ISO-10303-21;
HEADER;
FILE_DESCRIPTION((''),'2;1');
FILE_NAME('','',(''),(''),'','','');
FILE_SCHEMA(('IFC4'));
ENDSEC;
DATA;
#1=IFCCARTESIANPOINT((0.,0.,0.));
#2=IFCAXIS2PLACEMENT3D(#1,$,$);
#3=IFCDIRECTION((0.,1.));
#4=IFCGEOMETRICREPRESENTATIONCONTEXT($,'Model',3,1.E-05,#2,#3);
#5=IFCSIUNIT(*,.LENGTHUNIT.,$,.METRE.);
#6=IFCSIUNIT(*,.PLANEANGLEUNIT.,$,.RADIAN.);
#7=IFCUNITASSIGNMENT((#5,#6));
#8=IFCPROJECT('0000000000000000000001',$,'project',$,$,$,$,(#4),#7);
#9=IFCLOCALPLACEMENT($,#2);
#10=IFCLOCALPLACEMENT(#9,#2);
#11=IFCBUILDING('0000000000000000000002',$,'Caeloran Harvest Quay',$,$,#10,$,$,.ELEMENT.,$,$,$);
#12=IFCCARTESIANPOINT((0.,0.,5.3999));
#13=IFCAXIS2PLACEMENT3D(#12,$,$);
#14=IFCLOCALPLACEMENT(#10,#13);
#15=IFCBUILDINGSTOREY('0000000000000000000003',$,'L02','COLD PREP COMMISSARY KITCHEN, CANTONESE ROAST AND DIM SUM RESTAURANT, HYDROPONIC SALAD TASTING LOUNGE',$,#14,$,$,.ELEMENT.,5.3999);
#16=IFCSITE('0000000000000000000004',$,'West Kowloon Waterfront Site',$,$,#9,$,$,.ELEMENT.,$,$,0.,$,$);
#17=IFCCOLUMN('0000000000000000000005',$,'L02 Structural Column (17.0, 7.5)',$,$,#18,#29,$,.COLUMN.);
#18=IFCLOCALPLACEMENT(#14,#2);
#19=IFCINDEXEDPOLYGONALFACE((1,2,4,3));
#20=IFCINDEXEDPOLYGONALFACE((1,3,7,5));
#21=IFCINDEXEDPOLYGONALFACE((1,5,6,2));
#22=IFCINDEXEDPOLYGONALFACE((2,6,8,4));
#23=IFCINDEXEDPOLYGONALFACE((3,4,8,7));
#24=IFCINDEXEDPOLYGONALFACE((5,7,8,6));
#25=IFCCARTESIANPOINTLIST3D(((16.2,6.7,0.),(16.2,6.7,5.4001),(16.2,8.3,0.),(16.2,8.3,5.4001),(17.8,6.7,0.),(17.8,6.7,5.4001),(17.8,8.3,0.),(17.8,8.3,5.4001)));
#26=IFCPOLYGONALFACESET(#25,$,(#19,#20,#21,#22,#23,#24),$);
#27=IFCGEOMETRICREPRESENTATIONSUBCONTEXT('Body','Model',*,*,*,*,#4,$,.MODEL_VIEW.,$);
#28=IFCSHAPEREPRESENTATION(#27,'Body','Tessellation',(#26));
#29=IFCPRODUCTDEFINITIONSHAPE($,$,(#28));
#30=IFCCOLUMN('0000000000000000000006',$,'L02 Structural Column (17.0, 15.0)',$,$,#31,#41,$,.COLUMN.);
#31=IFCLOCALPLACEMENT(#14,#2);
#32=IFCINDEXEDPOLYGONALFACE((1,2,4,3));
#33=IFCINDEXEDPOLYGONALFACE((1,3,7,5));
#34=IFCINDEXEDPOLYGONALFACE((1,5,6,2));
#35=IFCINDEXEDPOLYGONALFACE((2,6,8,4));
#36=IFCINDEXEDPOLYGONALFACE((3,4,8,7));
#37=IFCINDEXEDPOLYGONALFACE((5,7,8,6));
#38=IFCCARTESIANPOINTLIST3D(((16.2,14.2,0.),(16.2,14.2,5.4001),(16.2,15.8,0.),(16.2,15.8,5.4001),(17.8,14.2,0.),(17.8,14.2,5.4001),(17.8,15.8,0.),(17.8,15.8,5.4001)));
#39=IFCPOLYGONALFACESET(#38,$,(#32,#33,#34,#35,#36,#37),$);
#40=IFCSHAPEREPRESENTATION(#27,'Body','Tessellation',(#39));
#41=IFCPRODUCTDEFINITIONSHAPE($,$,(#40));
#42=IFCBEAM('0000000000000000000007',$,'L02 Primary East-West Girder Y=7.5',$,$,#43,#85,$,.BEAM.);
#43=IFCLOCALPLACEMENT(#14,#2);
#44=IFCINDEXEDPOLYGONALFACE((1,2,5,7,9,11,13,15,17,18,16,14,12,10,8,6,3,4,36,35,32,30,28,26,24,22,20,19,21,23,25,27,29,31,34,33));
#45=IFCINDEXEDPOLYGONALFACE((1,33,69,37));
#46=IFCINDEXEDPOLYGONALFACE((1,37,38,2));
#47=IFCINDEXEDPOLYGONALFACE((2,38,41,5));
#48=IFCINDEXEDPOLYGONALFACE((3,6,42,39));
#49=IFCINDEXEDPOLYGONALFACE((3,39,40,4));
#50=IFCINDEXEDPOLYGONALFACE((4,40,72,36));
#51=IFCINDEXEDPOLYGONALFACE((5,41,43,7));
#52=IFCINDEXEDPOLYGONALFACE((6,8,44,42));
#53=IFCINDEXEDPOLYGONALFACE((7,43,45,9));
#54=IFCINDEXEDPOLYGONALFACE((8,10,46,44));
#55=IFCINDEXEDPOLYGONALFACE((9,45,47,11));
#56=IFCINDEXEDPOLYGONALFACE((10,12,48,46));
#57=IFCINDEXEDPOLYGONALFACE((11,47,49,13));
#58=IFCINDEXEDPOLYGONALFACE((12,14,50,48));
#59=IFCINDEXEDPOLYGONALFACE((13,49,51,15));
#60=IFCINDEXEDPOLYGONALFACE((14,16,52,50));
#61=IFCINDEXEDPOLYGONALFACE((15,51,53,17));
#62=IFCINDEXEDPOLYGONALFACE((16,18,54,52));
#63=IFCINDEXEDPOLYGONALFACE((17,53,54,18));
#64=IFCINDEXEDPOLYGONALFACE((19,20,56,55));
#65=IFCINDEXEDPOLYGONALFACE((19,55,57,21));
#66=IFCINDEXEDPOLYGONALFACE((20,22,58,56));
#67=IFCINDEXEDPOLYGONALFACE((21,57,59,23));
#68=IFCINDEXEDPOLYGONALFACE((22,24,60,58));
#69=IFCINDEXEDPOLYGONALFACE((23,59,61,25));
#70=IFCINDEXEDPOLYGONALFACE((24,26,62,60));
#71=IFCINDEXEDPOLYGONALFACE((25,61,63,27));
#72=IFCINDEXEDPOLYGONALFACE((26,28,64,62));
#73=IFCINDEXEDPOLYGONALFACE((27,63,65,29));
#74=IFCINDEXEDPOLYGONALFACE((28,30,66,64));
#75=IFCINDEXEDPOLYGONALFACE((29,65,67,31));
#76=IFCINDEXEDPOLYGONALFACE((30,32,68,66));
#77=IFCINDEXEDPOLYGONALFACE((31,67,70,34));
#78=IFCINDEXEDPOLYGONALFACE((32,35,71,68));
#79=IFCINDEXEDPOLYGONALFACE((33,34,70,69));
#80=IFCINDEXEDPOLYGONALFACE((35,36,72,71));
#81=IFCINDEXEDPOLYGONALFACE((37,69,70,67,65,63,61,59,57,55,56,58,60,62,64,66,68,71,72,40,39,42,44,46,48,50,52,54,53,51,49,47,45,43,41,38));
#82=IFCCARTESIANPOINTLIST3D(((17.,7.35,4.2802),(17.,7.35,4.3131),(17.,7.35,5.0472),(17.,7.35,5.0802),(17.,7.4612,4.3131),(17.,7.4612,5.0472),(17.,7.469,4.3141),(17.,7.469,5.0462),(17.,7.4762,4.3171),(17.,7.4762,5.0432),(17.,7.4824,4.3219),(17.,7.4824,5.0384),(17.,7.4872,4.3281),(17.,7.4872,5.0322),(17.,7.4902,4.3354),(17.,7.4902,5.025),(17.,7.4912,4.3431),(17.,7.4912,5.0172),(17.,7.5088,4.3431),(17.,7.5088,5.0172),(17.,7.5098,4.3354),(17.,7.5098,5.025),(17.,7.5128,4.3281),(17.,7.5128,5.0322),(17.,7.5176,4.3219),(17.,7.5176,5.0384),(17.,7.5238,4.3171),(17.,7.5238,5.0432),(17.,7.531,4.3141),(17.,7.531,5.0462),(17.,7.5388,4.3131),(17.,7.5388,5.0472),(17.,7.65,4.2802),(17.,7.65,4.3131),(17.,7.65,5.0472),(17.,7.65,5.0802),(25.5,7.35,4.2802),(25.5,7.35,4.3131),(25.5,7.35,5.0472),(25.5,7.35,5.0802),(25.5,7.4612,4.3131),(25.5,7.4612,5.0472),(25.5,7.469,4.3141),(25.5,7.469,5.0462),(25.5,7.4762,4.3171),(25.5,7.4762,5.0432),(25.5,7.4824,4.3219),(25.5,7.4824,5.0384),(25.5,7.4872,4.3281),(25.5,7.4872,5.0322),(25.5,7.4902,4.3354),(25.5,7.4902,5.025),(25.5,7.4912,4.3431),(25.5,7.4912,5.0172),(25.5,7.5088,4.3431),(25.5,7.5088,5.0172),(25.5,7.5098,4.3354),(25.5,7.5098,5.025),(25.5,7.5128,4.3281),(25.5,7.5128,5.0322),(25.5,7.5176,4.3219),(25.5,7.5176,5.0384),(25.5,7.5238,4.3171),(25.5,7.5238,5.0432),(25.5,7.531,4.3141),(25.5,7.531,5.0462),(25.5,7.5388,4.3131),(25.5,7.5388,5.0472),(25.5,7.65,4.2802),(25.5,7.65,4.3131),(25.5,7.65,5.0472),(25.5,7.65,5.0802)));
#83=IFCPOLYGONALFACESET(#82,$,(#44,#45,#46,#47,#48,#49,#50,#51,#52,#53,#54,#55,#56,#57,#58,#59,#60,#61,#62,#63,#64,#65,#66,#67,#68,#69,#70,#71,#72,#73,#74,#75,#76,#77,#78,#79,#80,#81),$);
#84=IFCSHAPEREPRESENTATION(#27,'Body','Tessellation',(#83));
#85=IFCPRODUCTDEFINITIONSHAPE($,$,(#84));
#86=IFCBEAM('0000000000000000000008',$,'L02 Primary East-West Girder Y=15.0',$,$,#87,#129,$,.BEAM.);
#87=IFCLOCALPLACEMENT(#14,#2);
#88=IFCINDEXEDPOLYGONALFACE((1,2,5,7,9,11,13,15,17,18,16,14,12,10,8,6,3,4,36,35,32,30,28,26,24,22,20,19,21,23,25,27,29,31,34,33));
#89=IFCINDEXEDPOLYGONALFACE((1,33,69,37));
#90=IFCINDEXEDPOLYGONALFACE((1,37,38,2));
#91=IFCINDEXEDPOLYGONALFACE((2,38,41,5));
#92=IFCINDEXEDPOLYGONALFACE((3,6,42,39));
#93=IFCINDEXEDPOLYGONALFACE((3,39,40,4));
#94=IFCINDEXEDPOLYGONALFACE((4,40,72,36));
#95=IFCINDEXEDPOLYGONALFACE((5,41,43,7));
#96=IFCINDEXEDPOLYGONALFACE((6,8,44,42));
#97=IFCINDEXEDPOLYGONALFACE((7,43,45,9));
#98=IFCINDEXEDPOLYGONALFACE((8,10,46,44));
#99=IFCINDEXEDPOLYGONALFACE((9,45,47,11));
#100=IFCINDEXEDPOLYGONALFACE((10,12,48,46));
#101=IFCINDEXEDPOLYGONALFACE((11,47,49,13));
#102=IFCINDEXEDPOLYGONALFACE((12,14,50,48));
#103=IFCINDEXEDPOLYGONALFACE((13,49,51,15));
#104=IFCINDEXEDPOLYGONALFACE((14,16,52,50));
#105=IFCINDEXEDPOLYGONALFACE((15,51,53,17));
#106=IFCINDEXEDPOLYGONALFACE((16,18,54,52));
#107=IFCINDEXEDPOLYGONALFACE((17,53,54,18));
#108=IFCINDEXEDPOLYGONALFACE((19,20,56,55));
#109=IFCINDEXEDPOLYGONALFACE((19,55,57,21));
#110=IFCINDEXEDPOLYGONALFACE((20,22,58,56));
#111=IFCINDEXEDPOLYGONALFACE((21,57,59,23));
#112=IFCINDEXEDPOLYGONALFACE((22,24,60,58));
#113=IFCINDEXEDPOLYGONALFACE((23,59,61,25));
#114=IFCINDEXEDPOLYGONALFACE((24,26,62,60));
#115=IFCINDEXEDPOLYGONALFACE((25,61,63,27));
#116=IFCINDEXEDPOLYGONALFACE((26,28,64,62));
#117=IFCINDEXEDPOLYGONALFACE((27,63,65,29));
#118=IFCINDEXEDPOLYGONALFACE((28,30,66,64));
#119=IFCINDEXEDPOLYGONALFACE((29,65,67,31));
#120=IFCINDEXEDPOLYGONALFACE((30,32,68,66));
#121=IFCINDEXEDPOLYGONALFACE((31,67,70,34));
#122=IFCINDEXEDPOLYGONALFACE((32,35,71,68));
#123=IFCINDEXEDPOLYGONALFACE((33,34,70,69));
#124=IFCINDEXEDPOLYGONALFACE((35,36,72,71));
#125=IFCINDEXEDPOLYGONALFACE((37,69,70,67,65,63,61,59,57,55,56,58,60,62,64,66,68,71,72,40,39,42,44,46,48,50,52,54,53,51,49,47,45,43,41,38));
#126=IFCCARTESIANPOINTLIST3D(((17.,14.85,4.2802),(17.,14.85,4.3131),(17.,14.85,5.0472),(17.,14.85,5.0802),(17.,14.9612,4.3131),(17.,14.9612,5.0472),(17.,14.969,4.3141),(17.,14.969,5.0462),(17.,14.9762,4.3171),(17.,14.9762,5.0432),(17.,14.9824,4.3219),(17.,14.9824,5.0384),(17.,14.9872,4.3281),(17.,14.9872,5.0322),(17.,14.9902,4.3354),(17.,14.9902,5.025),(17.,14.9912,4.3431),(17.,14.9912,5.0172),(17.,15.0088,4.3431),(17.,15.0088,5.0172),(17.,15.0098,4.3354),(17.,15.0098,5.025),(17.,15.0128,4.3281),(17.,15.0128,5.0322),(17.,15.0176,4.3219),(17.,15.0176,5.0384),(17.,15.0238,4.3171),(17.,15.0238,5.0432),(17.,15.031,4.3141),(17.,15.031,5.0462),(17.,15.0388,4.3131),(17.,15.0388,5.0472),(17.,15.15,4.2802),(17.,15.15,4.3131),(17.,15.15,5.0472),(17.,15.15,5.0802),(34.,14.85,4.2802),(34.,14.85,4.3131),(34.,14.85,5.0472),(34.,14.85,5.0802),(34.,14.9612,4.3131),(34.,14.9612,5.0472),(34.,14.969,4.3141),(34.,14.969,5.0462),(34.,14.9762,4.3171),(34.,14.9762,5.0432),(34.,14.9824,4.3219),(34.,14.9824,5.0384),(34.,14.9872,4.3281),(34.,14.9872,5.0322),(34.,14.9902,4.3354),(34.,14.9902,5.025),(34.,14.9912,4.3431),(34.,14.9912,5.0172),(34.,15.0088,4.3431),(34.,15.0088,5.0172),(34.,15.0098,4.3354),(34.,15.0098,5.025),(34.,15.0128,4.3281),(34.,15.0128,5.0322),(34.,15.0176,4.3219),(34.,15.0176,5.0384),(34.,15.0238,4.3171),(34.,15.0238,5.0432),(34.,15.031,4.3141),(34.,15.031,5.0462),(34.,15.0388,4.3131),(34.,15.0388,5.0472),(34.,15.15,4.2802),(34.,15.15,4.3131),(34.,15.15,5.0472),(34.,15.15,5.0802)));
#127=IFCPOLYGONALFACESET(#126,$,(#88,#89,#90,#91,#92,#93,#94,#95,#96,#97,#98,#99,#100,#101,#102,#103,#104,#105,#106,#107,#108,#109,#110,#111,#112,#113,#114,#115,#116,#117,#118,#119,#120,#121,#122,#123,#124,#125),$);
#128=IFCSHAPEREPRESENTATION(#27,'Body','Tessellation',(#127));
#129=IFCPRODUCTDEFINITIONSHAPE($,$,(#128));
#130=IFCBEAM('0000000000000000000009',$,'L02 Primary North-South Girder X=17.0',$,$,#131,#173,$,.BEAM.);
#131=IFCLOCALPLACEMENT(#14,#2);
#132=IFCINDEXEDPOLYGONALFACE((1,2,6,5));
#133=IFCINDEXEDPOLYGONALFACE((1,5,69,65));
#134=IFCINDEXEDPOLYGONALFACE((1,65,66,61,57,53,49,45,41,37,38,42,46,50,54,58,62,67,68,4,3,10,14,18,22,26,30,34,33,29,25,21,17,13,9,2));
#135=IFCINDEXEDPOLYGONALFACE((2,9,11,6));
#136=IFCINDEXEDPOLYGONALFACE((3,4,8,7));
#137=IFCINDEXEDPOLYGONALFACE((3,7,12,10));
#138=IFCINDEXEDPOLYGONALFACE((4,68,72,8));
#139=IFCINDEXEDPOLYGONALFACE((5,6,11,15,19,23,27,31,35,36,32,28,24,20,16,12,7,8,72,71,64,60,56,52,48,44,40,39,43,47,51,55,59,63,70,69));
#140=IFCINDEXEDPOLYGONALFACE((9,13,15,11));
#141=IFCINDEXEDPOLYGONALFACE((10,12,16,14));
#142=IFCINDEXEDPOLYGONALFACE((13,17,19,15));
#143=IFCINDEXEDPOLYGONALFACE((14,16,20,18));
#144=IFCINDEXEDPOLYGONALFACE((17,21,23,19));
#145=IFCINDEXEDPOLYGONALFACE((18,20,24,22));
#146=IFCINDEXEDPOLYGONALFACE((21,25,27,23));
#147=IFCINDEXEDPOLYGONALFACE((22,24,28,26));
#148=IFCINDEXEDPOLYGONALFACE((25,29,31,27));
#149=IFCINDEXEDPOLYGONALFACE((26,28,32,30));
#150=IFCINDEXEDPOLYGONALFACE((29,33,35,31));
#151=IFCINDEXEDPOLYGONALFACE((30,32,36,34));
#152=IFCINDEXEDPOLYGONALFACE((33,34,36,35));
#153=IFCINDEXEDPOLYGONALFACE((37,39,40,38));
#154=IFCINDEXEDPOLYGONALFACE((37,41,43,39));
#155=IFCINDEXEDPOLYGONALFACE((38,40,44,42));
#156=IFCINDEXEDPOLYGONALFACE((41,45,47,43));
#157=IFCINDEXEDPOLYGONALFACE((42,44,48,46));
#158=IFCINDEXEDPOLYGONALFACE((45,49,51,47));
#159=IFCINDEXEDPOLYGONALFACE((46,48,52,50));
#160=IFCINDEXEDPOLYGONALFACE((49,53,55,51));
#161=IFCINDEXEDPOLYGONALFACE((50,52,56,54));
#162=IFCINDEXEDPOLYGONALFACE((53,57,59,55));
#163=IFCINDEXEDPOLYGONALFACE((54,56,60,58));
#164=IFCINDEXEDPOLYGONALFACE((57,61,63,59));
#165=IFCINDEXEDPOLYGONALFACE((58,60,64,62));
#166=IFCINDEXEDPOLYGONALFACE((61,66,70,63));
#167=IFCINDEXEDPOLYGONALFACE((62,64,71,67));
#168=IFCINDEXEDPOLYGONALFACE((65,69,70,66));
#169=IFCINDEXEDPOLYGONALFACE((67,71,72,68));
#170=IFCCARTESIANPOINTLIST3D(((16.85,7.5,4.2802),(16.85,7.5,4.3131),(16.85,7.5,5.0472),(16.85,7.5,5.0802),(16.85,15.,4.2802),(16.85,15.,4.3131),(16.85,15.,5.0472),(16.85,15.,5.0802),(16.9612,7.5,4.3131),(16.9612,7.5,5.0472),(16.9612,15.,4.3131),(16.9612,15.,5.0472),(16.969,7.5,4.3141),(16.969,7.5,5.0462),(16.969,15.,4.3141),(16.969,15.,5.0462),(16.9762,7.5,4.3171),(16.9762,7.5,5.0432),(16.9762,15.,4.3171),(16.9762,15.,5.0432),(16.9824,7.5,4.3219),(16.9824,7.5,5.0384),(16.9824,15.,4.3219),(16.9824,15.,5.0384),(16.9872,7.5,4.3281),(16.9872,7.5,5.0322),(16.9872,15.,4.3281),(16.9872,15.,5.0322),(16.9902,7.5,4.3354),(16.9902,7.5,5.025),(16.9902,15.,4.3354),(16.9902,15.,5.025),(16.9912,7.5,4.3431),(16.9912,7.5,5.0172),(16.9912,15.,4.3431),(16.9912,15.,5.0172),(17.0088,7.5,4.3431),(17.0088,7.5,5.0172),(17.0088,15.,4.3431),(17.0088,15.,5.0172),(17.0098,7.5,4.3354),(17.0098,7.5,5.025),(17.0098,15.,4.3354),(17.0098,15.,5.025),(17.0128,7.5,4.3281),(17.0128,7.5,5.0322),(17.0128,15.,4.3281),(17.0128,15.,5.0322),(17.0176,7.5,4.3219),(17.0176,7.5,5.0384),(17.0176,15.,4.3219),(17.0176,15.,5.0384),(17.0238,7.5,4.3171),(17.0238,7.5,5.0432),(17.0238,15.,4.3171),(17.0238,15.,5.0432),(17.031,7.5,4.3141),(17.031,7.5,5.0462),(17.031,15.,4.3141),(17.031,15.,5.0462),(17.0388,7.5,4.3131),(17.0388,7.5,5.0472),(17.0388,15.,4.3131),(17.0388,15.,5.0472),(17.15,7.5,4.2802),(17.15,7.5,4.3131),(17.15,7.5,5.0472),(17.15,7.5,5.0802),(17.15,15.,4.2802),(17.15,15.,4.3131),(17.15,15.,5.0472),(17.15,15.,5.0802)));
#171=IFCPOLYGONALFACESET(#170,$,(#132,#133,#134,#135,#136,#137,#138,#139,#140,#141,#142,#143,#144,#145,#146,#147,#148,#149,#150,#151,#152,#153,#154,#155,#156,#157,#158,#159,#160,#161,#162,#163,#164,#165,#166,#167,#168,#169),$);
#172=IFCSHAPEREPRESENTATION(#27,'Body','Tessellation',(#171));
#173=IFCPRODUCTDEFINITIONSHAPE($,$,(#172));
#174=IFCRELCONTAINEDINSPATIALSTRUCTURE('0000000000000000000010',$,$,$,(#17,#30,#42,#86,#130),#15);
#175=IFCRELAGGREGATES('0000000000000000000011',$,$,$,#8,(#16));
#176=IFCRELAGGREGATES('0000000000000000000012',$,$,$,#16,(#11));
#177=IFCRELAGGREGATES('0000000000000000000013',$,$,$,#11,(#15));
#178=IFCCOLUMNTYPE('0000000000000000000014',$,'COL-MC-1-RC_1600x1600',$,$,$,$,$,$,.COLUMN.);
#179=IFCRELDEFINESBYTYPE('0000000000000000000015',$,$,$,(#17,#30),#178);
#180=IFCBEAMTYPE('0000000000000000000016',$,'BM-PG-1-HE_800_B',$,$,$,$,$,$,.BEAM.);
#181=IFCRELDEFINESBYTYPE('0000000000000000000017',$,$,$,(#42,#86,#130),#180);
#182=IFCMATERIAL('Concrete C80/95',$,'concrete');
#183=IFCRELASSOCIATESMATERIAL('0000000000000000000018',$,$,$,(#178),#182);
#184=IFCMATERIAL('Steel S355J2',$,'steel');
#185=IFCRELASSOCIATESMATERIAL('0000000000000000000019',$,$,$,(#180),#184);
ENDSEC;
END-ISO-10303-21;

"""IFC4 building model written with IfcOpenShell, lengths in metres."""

from ifc_helpers import new_model, si_unit, direction, frame, origin, origin_2d, place, context, subcontext, project, spatial, rectangle, i_section, extrude, material, material_profile, profile_set, type_object, element, save


model = new_model("IFC4")

# Units and contexts
model_context = context("Model", 3, precision=1e-05, world=origin(), true_north=direction((0.0, 1.0)))
body_context = subcontext(model_context, "Body", "Model", "MODEL_VIEW")
ifc_project = project(units=[si_unit("LENGTHUNIT", "METRE"), si_unit("PLANEANGLEUNIT", "RADIAN")], contexts=[model_context])

# Site, building, storey
site_placement = place(None, origin())
site = spatial("IfcSite", under=ifc_project, at=site_placement, Name="West Kowloon Waterfront Site", CompositionType="ELEMENT", RefElevation=0.0)
building_placement = place(site_placement, origin())
building = spatial("IfcBuilding", under=site, at=building_placement, Name="Caeloran Harvest Quay", CompositionType="ELEMENT")
storey_placement = place(building_placement, frame((0.0, 0.0, 5.3999)))
storey = spatial("IfcBuildingStorey", under=building, at=storey_placement, Name="L02", Description="COLD PREP COMMISSARY KITCHEN, CANTONESE ROAST AND DIM SUM RESTAURANT, HYDROPONIC SALAD TASTING LOUNGE", CompositionType="ELEMENT", Elevation=5.3999)

# Columns
ifc_material_1 = material(Name="Concrete C80/95", Category="concrete")
ifc_material_profile_1 = material_profile(ifc_material_1, rectangle(XDim=1.6001, YDim=1.6001, at=origin_2d()), Name="RC 1600x1600")
ifc_profile_set_1 = profile_set([ifc_material_profile_1], Name="Concrete C80/95")
column_type = type_object("IfcColumnType", Name="COL-MC-1-RC_1600x1600", PredefinedType="COLUMN", material=ifc_profile_set_1)
for number, where, z_axis, x_axis, name in (
    (1, (17.0, 7.5, 0.0), (0.0, 0.0, 1.0), (1.0, 0.0, 0.0), "L02 Structural Column (17.0, 7.5)"),
    (2, (17.0, 15.0, 0.0), (0.0, 0.0, 1.0), (1.0, 0.0, 0.0), "L02 Structural Column (17.0, 15.0)"),
):
    element("IfcColumn", number, at=place(storey_placement, frame(where, z_axis=z_axis, x_axis=x_axis)), inside=storey, type_object=column_type, Name=name, PredefinedType="COLUMN", context=body_context, shape_type="SweptSolid", body=[
        extrude(rectangle(XDim=1.6001, YDim=1.6001, at=origin_2d()), origin(), (0.0, 0.0, 1.0), 5.4001),
    ])

# Beams
ifc_material_2 = material(Name="Steel S355J2", Category="steel")
ifc_material_profile_2 = material_profile(ifc_material_2, i_section(OverallWidth=0.3, OverallDepth=0.8, WebThickness=0.0176, FlangeThickness=0.033, FilletRadius=0.03, at=origin_2d()), Name="HE 800 B")
ifc_profile_set_2 = profile_set([ifc_material_profile_2], Name="Steel S355J2")
beam_type_1 = type_object("IfcBeamType", Name="BM-PG-1-HE_800_B", PredefinedType="BEAM", material=ifc_profile_set_2)
beam_1_placement = place(storey_placement, frame((17.0, 7.5, 4.6802), z_axis=(1.0, 0.0, 0.0), x_axis=(0.0, 1.0, 0.0)))
element("IfcBeam", 3, at=beam_1_placement, inside=storey, type_object=beam_type_1, Name="L02 Primary East-West Girder Y=7.5", PredefinedType="BEAM", context=body_context, shape_type="SweptSolid", body=[
    extrude(i_section(OverallWidth=0.3, OverallDepth=0.8, WebThickness=0.0176, FlangeThickness=0.033, FilletRadius=0.03, at=origin_2d()), origin(), (0.0, 0.0, 1.0), 8.5),
])
beam_2_placement = place(storey_placement, frame((17.0, 15.0, 4.6802), z_axis=(1.0, 0.0, 0.0), x_axis=(0.0, 1.0, 0.0)))
element("IfcBeam", 4, at=beam_2_placement, inside=storey, type_object=beam_type_1, Name="L02 Primary East-West Girder Y=15.0", PredefinedType="BEAM", context=body_context, shape_type="SweptSolid", body=[
    extrude(i_section(OverallWidth=0.3, OverallDepth=0.8, WebThickness=0.0176, FlangeThickness=0.033, FilletRadius=0.03, at=origin_2d()), origin(), (0.0, 0.0, 1.0), 17.0),
])
beam_3_placement = place(storey_placement, frame((17.0, 7.5, 4.6802), z_axis=(0.0, 1.0, 0.0), x_axis=(-1.0, 0.0, 0.0)))
element("IfcBeam", 5, at=beam_3_placement, inside=storey, type_object=beam_type_1, Name="L02 Primary North-South Girder X=17.0", PredefinedType="BEAM", context=body_context, shape_type="SweptSolid", body=[
    extrude(i_section(OverallWidth=0.3, OverallDepth=0.8, WebThickness=0.0176, FlangeThickness=0.033, FilletRadius=0.03, at=origin_2d()), origin(), (0.0, 0.0, 1.0), 7.5),
])

save(model, "model.ifc")
